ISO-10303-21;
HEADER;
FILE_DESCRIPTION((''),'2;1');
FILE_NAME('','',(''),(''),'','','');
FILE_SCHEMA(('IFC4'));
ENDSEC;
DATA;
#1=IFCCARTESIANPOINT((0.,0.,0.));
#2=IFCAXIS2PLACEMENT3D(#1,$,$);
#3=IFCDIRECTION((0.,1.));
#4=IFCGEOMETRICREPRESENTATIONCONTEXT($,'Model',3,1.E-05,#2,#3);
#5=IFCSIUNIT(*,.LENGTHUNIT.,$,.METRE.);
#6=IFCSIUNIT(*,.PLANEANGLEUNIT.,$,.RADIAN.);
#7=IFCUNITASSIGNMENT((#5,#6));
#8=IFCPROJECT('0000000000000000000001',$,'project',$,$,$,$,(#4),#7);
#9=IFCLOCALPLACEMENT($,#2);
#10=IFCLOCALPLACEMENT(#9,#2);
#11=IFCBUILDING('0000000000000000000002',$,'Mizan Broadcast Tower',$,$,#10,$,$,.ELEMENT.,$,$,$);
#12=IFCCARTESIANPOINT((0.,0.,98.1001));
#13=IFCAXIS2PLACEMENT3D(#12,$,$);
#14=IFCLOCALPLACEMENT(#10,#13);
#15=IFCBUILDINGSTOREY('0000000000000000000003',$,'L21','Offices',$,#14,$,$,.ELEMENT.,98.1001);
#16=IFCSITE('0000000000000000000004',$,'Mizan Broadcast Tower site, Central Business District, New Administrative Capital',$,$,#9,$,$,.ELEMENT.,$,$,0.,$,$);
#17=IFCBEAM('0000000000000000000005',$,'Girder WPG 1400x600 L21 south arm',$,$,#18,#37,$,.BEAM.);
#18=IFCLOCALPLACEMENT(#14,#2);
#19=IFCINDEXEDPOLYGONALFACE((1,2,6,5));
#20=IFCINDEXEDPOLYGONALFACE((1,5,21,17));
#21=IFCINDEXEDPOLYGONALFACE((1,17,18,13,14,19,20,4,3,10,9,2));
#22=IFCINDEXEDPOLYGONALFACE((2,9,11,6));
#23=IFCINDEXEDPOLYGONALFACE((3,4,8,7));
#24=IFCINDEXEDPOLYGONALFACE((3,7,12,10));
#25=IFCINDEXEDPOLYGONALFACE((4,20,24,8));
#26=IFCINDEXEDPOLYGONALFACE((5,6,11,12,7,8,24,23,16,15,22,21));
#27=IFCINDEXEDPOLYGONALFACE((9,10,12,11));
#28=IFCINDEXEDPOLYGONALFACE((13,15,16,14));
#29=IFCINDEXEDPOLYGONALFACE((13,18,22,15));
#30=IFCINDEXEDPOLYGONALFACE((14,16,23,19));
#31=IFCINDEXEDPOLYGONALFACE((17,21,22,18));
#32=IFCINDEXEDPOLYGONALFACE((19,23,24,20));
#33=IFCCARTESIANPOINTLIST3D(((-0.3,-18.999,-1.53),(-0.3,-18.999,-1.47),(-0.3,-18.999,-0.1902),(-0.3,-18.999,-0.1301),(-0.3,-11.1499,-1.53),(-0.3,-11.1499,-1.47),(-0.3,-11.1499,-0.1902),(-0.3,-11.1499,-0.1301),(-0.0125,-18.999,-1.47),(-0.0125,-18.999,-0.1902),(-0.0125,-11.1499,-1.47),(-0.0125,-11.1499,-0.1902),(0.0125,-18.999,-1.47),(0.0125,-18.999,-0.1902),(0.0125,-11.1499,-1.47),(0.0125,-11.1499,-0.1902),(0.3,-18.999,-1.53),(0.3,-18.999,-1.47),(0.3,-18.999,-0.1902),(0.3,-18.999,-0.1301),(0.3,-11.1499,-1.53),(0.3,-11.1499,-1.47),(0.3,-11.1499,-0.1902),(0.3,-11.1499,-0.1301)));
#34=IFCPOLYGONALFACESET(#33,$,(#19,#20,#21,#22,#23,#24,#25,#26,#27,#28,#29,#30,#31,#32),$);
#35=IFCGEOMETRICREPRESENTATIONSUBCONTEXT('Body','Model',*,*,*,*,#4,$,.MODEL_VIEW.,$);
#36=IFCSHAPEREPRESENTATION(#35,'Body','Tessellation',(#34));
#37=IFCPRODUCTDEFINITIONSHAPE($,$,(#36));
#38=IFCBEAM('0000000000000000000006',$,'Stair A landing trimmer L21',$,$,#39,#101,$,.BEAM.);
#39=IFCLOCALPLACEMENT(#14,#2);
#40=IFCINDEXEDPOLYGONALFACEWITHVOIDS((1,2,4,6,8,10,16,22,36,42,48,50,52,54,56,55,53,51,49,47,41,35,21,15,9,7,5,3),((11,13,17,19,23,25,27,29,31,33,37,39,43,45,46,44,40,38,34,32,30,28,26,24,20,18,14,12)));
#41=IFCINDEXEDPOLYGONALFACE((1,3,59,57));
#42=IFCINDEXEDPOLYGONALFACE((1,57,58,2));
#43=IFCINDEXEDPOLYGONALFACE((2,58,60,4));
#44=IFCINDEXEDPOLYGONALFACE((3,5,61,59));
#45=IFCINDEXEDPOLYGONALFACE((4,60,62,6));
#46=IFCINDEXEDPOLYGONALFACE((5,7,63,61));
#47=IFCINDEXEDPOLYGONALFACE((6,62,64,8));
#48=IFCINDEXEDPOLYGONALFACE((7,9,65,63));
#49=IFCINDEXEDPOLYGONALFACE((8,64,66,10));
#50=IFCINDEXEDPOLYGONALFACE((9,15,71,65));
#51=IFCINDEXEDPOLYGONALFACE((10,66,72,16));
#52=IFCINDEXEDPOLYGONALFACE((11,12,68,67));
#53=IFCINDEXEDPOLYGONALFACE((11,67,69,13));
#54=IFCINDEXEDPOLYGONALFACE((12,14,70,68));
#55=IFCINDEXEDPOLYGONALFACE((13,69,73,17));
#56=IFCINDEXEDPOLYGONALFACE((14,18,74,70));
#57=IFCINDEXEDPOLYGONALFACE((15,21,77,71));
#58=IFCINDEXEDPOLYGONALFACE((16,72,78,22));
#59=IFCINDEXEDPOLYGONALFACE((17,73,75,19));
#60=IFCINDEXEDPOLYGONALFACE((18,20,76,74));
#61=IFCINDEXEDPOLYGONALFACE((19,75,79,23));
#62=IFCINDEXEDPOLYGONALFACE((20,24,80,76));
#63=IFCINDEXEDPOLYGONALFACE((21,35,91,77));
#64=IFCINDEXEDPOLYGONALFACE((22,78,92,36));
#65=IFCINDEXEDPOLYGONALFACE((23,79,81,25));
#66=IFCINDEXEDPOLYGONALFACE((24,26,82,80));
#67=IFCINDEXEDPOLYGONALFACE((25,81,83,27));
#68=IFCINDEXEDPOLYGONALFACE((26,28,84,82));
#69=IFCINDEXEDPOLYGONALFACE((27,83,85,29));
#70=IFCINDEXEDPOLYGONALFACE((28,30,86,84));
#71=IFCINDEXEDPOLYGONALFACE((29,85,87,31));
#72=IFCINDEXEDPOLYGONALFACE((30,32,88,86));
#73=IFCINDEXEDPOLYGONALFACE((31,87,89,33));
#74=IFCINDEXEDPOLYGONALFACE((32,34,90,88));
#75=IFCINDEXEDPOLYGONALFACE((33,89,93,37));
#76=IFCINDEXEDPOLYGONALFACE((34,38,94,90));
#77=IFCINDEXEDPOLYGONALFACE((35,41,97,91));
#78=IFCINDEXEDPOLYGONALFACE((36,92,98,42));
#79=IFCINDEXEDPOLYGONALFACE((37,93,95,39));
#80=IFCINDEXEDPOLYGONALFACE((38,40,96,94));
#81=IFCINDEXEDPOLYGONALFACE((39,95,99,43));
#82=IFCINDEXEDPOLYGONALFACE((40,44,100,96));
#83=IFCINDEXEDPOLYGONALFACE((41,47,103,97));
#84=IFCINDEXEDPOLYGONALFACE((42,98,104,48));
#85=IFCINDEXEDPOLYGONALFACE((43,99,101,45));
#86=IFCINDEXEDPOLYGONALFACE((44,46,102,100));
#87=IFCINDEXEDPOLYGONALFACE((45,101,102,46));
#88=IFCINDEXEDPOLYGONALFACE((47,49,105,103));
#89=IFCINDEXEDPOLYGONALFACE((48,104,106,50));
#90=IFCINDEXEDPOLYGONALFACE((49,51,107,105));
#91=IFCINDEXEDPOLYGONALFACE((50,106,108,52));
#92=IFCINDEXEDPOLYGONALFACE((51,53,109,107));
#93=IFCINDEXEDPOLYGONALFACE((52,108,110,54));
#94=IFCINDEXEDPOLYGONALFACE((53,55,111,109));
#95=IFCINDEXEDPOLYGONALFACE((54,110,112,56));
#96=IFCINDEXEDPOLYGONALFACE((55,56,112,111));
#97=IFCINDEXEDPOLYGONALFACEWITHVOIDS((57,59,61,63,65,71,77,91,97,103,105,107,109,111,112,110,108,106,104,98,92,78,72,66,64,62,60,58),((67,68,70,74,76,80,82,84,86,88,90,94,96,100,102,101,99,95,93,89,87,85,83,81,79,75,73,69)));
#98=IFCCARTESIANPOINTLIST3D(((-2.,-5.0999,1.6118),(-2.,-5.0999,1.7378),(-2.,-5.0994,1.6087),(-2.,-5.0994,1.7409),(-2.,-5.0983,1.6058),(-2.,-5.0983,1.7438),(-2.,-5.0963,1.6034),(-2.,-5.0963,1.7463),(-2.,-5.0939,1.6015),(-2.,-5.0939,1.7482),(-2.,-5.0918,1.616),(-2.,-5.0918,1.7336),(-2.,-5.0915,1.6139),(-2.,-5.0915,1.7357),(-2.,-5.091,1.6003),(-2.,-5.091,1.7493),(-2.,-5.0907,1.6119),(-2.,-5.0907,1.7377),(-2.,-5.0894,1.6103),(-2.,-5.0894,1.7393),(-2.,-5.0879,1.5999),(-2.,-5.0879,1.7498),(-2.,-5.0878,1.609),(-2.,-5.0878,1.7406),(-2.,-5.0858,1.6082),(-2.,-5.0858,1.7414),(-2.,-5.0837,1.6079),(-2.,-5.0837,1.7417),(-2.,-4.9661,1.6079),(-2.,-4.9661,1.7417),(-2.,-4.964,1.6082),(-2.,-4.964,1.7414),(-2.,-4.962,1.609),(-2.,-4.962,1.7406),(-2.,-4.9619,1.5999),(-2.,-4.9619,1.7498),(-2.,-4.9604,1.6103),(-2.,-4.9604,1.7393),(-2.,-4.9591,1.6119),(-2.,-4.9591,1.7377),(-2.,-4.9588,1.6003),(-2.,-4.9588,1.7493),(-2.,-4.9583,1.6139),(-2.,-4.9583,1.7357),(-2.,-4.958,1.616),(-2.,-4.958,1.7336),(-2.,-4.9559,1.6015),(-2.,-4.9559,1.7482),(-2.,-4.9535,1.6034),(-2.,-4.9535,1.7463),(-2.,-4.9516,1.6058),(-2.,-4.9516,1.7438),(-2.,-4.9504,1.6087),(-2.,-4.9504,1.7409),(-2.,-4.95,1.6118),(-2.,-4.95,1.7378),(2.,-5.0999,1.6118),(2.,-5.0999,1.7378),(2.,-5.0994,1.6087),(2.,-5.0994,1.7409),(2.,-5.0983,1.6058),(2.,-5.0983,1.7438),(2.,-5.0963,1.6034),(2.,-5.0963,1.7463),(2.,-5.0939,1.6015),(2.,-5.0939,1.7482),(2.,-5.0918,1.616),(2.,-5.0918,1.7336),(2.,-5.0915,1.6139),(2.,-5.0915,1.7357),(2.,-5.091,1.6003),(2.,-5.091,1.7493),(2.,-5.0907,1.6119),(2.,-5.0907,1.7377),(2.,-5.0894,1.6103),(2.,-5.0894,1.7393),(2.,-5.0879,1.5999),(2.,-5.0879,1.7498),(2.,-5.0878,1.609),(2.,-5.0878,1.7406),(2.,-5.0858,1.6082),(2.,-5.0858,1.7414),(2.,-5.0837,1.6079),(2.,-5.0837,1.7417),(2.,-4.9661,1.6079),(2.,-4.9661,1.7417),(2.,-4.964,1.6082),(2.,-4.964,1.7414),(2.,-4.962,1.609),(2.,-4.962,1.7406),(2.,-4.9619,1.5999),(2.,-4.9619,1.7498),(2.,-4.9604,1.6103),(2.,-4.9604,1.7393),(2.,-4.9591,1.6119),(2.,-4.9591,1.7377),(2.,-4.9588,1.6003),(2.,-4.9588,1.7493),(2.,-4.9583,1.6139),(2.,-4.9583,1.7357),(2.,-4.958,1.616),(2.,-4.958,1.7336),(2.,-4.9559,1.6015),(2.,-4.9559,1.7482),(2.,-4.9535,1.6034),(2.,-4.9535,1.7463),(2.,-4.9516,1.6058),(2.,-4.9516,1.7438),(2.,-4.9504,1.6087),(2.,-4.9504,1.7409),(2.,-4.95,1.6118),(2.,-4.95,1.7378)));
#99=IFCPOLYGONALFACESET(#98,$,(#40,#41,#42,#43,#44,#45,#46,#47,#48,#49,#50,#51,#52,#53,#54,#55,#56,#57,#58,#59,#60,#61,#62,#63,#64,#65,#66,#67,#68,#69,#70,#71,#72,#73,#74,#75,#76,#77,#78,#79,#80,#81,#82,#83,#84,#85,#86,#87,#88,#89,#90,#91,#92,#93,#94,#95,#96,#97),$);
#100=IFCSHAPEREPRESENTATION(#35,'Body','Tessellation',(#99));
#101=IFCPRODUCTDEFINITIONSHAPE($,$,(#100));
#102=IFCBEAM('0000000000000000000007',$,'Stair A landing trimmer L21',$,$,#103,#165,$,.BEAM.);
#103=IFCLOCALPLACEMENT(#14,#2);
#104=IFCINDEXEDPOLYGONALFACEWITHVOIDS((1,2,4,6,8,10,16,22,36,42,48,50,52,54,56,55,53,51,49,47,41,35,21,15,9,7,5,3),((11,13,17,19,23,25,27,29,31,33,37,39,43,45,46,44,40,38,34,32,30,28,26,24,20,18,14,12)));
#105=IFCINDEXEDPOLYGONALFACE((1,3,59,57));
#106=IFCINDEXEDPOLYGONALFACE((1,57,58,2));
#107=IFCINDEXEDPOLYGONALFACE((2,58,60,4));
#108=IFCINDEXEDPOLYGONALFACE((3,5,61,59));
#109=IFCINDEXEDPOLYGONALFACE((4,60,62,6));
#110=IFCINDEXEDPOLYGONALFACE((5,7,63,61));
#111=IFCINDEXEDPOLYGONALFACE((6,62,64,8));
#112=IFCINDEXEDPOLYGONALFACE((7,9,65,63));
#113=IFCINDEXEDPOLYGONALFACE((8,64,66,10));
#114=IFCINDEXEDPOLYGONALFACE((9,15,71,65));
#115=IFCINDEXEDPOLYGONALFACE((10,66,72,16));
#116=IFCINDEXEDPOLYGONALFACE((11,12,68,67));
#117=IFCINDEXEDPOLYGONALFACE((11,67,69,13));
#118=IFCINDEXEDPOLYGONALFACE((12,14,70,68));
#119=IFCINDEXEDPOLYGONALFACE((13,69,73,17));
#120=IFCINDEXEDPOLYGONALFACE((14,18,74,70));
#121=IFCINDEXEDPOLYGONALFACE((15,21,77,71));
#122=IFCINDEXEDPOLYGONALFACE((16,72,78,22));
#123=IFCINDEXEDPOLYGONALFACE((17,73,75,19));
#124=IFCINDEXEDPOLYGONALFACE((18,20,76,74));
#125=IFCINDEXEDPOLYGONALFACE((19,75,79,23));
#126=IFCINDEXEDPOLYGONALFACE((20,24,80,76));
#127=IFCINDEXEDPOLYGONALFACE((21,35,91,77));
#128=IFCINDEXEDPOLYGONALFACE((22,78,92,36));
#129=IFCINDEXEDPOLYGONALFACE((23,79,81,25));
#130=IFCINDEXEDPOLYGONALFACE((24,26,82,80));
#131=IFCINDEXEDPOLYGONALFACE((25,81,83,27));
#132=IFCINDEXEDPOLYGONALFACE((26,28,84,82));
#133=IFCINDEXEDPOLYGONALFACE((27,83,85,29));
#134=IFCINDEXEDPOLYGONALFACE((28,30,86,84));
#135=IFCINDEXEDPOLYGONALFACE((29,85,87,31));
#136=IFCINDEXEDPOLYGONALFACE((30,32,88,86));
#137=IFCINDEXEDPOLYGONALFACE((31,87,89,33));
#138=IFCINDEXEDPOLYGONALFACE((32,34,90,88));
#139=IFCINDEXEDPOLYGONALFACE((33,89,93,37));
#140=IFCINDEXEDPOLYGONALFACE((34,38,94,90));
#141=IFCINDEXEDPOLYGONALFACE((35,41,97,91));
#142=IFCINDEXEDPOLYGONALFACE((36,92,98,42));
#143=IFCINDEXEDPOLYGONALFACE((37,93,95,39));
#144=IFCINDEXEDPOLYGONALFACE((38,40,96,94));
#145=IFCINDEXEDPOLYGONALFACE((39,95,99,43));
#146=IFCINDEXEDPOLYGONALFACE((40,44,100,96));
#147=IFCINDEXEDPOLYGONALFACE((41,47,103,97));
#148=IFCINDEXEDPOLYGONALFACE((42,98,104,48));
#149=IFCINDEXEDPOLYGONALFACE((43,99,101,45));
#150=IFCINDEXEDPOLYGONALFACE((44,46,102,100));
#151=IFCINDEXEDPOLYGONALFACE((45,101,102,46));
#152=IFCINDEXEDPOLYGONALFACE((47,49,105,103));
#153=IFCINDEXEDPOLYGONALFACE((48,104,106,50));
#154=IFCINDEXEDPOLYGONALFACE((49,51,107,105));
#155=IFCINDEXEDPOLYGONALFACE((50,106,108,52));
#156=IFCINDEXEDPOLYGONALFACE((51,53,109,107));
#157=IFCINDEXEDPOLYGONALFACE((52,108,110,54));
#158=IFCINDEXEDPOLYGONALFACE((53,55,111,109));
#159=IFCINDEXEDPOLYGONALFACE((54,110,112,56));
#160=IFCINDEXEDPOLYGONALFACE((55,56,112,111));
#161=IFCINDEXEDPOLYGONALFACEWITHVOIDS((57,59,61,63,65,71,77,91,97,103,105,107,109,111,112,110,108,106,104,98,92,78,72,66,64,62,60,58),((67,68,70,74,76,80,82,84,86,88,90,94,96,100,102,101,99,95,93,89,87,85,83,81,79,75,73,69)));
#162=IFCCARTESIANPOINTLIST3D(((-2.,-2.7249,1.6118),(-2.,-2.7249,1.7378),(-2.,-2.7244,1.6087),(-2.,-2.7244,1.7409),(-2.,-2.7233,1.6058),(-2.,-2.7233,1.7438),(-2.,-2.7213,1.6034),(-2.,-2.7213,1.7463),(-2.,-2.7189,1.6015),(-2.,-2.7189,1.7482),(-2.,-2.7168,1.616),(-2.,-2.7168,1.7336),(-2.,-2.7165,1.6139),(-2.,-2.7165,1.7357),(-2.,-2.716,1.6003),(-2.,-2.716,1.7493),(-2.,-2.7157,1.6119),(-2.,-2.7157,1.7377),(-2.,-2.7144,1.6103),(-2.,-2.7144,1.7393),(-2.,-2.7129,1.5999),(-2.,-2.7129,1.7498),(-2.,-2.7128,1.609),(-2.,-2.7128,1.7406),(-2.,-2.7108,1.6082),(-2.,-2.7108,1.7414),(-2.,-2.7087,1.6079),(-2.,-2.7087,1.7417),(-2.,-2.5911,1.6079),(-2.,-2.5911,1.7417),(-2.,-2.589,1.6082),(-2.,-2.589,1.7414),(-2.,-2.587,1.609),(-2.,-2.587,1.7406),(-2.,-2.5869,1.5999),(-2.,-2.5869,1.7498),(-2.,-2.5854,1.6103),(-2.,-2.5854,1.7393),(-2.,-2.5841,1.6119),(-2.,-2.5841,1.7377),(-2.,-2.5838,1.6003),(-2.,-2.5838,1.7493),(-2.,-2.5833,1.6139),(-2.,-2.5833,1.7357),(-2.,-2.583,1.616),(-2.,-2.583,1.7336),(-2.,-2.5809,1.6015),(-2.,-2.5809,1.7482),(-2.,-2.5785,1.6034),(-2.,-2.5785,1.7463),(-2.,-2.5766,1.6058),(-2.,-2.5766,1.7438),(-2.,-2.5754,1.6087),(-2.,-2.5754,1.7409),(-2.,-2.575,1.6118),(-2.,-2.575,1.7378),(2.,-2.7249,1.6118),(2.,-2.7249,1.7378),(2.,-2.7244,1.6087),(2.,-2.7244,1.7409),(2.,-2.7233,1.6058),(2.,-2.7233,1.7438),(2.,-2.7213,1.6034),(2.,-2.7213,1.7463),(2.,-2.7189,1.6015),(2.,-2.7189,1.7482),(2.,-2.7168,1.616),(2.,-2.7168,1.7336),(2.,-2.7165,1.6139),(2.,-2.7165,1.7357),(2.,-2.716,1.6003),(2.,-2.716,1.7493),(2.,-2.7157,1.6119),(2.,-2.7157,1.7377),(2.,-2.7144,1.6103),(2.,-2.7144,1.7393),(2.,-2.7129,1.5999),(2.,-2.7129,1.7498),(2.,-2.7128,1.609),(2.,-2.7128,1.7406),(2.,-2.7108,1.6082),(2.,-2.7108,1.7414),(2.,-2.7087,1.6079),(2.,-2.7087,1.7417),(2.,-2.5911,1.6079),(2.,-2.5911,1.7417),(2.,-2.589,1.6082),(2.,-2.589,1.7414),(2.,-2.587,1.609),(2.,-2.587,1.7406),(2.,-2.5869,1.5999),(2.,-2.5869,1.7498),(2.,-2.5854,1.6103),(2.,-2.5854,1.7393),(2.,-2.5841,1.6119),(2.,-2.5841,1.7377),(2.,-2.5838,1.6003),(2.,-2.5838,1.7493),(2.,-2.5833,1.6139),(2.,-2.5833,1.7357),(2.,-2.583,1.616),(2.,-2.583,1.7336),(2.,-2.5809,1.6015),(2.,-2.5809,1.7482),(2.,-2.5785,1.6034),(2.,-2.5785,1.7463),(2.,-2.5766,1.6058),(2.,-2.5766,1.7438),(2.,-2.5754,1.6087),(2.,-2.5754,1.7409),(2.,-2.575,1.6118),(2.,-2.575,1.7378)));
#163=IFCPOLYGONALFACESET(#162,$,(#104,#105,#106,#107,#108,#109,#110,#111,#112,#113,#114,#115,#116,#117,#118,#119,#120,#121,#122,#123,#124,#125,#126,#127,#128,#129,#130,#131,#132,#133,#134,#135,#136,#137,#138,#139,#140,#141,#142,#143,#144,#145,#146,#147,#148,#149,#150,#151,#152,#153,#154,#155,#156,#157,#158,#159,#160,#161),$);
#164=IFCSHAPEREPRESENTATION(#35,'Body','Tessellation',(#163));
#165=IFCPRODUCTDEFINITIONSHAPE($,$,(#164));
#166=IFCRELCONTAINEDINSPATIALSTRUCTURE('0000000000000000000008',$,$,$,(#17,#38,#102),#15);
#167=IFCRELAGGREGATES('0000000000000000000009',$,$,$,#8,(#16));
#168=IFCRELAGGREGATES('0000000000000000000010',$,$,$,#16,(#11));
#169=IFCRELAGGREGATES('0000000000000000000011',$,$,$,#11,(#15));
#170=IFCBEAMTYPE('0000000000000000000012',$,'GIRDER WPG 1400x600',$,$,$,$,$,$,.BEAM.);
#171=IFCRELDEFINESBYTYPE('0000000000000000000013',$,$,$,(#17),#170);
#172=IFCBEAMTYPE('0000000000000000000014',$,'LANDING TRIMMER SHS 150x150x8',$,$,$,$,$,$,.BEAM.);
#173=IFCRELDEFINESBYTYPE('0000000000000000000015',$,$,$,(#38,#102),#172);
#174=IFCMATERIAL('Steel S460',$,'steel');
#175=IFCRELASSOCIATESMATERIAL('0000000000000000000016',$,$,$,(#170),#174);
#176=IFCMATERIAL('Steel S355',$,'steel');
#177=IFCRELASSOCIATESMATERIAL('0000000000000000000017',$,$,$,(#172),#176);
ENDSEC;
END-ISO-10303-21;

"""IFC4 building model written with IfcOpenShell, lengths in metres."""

from ifc_helpers import new_model, si_unit, direction, frame, origin, origin_2d, place, context, subcontext, project, spatial, hollow_rectangle, i_section, extrude, material, material_profile, profile_set, type_object, element, save


model = new_model("IFC4")

# Units and contexts
model_context = context("Model", 3, precision=1e-05, world=origin(), true_north=direction((0.0, 1.0)))
body_context = subcontext(model_context, "Body", "Model", "MODEL_VIEW")
ifc_project = project(units=[si_unit("LENGTHUNIT", "METRE"), si_unit("PLANEANGLEUNIT", "RADIAN")], contexts=[model_context])

# Site, building, storey
site_placement = place(None, origin())
site = spatial("IfcSite", under=ifc_project, at=site_placement, Name="Mizan Broadcast Tower site, Central Business District, New Administrative Capital", CompositionType="ELEMENT", RefElevation=0.0)
building_placement = place(site_placement, origin())
building = spatial("IfcBuilding", under=site, at=building_placement, Name="Mizan Broadcast Tower", CompositionType="ELEMENT")
storey_placement = place(building_placement, frame((0.0, 0.0, 98.1001)))
storey = spatial("IfcBuildingStorey", under=building, at=storey_placement, Name="L21", Description="Offices", CompositionType="ELEMENT", Elevation=98.1001)

# Beams
ifc_material_1 = material(Name="Steel S460", Category="steel")
ifc_material_profile_1 = material_profile(ifc_material_1, i_section(OverallWidth=0.6001, OverallDepth=1.3999, WebThickness=0.0249, FlangeThickness=0.0601, at=origin_2d()), Name="WPG 1400x600")
ifc_profile_set_1 = profile_set([ifc_material_profile_1], Name="Steel S460")
beam_type_1 = type_object("IfcBeamType", Name="GIRDER WPG 1400x600", PredefinedType="BEAM", material=ifc_profile_set_1)
beam_1_placement = place(storey_placement, frame((0.0, -11.1499, -0.8301), z_axis=(0.0, -1.0, 0.0), x_axis=(1.0, 0.0, 0.0)))
element("IfcBeam", 1, at=beam_1_placement, inside=storey, type_object=beam_type_1, Name="Girder WPG 1400x600 L21 south arm", PredefinedType="BEAM", context=body_context, shape_type="SweptSolid", body=[
    extrude(i_section(OverallWidth=0.6001, OverallDepth=1.3999, WebThickness=0.0249, FlangeThickness=0.0601, at=origin_2d()), origin(), (0.0, 0.0, 1.0), 7.8491),
])
ifc_material_2 = material(Name="Steel S355", Category="steel")
ifc_material_profile_2 = material_profile(ifc_material_2, hollow_rectangle(XDim=0.1499, YDim=0.1499, WallThickness=0.0081, InnerFilletRadius=0.0081, OuterFilletRadius=0.012, at=origin_2d()), Name="SHS 150x150x8")
ifc_profile_set_2 = profile_set([ifc_material_profile_2], Name="Steel S355")
beam_type_2 = type_object("IfcBeamType", Name="LANDING TRIMMER SHS 150x150x8", PredefinedType="BEAM", material=ifc_profile_set_2)
for number, where, z_axis, x_axis, name in (
    (2, (-2.0, -5.0249, 1.6748), (1.0, 0.0, 0.0), (0.0, 1.0, 0.0), "Stair A landing trimmer L21"),
    (3, (-2.0, -2.6499, 1.6748), (1.0, 0.0, 0.0), (0.0, 1.0, 0.0), "Stair A landing trimmer L21"),
):
    element("IfcBeam", number, at=place(storey_placement, frame(where, z_axis=z_axis, x_axis=x_axis)), inside=storey, type_object=beam_type_2, Name=name, PredefinedType="BEAM", context=body_context, shape_type="SweptSolid", body=[
        extrude(hollow_rectangle(XDim=0.1499, YDim=0.1499, WallThickness=0.0081, InnerFilletRadius=0.0081, OuterFilletRadius=0.012, at=origin_2d()), origin(), (0.0, 0.0, 1.0), 4.0),
    ])

save(model, "model.ifc")
